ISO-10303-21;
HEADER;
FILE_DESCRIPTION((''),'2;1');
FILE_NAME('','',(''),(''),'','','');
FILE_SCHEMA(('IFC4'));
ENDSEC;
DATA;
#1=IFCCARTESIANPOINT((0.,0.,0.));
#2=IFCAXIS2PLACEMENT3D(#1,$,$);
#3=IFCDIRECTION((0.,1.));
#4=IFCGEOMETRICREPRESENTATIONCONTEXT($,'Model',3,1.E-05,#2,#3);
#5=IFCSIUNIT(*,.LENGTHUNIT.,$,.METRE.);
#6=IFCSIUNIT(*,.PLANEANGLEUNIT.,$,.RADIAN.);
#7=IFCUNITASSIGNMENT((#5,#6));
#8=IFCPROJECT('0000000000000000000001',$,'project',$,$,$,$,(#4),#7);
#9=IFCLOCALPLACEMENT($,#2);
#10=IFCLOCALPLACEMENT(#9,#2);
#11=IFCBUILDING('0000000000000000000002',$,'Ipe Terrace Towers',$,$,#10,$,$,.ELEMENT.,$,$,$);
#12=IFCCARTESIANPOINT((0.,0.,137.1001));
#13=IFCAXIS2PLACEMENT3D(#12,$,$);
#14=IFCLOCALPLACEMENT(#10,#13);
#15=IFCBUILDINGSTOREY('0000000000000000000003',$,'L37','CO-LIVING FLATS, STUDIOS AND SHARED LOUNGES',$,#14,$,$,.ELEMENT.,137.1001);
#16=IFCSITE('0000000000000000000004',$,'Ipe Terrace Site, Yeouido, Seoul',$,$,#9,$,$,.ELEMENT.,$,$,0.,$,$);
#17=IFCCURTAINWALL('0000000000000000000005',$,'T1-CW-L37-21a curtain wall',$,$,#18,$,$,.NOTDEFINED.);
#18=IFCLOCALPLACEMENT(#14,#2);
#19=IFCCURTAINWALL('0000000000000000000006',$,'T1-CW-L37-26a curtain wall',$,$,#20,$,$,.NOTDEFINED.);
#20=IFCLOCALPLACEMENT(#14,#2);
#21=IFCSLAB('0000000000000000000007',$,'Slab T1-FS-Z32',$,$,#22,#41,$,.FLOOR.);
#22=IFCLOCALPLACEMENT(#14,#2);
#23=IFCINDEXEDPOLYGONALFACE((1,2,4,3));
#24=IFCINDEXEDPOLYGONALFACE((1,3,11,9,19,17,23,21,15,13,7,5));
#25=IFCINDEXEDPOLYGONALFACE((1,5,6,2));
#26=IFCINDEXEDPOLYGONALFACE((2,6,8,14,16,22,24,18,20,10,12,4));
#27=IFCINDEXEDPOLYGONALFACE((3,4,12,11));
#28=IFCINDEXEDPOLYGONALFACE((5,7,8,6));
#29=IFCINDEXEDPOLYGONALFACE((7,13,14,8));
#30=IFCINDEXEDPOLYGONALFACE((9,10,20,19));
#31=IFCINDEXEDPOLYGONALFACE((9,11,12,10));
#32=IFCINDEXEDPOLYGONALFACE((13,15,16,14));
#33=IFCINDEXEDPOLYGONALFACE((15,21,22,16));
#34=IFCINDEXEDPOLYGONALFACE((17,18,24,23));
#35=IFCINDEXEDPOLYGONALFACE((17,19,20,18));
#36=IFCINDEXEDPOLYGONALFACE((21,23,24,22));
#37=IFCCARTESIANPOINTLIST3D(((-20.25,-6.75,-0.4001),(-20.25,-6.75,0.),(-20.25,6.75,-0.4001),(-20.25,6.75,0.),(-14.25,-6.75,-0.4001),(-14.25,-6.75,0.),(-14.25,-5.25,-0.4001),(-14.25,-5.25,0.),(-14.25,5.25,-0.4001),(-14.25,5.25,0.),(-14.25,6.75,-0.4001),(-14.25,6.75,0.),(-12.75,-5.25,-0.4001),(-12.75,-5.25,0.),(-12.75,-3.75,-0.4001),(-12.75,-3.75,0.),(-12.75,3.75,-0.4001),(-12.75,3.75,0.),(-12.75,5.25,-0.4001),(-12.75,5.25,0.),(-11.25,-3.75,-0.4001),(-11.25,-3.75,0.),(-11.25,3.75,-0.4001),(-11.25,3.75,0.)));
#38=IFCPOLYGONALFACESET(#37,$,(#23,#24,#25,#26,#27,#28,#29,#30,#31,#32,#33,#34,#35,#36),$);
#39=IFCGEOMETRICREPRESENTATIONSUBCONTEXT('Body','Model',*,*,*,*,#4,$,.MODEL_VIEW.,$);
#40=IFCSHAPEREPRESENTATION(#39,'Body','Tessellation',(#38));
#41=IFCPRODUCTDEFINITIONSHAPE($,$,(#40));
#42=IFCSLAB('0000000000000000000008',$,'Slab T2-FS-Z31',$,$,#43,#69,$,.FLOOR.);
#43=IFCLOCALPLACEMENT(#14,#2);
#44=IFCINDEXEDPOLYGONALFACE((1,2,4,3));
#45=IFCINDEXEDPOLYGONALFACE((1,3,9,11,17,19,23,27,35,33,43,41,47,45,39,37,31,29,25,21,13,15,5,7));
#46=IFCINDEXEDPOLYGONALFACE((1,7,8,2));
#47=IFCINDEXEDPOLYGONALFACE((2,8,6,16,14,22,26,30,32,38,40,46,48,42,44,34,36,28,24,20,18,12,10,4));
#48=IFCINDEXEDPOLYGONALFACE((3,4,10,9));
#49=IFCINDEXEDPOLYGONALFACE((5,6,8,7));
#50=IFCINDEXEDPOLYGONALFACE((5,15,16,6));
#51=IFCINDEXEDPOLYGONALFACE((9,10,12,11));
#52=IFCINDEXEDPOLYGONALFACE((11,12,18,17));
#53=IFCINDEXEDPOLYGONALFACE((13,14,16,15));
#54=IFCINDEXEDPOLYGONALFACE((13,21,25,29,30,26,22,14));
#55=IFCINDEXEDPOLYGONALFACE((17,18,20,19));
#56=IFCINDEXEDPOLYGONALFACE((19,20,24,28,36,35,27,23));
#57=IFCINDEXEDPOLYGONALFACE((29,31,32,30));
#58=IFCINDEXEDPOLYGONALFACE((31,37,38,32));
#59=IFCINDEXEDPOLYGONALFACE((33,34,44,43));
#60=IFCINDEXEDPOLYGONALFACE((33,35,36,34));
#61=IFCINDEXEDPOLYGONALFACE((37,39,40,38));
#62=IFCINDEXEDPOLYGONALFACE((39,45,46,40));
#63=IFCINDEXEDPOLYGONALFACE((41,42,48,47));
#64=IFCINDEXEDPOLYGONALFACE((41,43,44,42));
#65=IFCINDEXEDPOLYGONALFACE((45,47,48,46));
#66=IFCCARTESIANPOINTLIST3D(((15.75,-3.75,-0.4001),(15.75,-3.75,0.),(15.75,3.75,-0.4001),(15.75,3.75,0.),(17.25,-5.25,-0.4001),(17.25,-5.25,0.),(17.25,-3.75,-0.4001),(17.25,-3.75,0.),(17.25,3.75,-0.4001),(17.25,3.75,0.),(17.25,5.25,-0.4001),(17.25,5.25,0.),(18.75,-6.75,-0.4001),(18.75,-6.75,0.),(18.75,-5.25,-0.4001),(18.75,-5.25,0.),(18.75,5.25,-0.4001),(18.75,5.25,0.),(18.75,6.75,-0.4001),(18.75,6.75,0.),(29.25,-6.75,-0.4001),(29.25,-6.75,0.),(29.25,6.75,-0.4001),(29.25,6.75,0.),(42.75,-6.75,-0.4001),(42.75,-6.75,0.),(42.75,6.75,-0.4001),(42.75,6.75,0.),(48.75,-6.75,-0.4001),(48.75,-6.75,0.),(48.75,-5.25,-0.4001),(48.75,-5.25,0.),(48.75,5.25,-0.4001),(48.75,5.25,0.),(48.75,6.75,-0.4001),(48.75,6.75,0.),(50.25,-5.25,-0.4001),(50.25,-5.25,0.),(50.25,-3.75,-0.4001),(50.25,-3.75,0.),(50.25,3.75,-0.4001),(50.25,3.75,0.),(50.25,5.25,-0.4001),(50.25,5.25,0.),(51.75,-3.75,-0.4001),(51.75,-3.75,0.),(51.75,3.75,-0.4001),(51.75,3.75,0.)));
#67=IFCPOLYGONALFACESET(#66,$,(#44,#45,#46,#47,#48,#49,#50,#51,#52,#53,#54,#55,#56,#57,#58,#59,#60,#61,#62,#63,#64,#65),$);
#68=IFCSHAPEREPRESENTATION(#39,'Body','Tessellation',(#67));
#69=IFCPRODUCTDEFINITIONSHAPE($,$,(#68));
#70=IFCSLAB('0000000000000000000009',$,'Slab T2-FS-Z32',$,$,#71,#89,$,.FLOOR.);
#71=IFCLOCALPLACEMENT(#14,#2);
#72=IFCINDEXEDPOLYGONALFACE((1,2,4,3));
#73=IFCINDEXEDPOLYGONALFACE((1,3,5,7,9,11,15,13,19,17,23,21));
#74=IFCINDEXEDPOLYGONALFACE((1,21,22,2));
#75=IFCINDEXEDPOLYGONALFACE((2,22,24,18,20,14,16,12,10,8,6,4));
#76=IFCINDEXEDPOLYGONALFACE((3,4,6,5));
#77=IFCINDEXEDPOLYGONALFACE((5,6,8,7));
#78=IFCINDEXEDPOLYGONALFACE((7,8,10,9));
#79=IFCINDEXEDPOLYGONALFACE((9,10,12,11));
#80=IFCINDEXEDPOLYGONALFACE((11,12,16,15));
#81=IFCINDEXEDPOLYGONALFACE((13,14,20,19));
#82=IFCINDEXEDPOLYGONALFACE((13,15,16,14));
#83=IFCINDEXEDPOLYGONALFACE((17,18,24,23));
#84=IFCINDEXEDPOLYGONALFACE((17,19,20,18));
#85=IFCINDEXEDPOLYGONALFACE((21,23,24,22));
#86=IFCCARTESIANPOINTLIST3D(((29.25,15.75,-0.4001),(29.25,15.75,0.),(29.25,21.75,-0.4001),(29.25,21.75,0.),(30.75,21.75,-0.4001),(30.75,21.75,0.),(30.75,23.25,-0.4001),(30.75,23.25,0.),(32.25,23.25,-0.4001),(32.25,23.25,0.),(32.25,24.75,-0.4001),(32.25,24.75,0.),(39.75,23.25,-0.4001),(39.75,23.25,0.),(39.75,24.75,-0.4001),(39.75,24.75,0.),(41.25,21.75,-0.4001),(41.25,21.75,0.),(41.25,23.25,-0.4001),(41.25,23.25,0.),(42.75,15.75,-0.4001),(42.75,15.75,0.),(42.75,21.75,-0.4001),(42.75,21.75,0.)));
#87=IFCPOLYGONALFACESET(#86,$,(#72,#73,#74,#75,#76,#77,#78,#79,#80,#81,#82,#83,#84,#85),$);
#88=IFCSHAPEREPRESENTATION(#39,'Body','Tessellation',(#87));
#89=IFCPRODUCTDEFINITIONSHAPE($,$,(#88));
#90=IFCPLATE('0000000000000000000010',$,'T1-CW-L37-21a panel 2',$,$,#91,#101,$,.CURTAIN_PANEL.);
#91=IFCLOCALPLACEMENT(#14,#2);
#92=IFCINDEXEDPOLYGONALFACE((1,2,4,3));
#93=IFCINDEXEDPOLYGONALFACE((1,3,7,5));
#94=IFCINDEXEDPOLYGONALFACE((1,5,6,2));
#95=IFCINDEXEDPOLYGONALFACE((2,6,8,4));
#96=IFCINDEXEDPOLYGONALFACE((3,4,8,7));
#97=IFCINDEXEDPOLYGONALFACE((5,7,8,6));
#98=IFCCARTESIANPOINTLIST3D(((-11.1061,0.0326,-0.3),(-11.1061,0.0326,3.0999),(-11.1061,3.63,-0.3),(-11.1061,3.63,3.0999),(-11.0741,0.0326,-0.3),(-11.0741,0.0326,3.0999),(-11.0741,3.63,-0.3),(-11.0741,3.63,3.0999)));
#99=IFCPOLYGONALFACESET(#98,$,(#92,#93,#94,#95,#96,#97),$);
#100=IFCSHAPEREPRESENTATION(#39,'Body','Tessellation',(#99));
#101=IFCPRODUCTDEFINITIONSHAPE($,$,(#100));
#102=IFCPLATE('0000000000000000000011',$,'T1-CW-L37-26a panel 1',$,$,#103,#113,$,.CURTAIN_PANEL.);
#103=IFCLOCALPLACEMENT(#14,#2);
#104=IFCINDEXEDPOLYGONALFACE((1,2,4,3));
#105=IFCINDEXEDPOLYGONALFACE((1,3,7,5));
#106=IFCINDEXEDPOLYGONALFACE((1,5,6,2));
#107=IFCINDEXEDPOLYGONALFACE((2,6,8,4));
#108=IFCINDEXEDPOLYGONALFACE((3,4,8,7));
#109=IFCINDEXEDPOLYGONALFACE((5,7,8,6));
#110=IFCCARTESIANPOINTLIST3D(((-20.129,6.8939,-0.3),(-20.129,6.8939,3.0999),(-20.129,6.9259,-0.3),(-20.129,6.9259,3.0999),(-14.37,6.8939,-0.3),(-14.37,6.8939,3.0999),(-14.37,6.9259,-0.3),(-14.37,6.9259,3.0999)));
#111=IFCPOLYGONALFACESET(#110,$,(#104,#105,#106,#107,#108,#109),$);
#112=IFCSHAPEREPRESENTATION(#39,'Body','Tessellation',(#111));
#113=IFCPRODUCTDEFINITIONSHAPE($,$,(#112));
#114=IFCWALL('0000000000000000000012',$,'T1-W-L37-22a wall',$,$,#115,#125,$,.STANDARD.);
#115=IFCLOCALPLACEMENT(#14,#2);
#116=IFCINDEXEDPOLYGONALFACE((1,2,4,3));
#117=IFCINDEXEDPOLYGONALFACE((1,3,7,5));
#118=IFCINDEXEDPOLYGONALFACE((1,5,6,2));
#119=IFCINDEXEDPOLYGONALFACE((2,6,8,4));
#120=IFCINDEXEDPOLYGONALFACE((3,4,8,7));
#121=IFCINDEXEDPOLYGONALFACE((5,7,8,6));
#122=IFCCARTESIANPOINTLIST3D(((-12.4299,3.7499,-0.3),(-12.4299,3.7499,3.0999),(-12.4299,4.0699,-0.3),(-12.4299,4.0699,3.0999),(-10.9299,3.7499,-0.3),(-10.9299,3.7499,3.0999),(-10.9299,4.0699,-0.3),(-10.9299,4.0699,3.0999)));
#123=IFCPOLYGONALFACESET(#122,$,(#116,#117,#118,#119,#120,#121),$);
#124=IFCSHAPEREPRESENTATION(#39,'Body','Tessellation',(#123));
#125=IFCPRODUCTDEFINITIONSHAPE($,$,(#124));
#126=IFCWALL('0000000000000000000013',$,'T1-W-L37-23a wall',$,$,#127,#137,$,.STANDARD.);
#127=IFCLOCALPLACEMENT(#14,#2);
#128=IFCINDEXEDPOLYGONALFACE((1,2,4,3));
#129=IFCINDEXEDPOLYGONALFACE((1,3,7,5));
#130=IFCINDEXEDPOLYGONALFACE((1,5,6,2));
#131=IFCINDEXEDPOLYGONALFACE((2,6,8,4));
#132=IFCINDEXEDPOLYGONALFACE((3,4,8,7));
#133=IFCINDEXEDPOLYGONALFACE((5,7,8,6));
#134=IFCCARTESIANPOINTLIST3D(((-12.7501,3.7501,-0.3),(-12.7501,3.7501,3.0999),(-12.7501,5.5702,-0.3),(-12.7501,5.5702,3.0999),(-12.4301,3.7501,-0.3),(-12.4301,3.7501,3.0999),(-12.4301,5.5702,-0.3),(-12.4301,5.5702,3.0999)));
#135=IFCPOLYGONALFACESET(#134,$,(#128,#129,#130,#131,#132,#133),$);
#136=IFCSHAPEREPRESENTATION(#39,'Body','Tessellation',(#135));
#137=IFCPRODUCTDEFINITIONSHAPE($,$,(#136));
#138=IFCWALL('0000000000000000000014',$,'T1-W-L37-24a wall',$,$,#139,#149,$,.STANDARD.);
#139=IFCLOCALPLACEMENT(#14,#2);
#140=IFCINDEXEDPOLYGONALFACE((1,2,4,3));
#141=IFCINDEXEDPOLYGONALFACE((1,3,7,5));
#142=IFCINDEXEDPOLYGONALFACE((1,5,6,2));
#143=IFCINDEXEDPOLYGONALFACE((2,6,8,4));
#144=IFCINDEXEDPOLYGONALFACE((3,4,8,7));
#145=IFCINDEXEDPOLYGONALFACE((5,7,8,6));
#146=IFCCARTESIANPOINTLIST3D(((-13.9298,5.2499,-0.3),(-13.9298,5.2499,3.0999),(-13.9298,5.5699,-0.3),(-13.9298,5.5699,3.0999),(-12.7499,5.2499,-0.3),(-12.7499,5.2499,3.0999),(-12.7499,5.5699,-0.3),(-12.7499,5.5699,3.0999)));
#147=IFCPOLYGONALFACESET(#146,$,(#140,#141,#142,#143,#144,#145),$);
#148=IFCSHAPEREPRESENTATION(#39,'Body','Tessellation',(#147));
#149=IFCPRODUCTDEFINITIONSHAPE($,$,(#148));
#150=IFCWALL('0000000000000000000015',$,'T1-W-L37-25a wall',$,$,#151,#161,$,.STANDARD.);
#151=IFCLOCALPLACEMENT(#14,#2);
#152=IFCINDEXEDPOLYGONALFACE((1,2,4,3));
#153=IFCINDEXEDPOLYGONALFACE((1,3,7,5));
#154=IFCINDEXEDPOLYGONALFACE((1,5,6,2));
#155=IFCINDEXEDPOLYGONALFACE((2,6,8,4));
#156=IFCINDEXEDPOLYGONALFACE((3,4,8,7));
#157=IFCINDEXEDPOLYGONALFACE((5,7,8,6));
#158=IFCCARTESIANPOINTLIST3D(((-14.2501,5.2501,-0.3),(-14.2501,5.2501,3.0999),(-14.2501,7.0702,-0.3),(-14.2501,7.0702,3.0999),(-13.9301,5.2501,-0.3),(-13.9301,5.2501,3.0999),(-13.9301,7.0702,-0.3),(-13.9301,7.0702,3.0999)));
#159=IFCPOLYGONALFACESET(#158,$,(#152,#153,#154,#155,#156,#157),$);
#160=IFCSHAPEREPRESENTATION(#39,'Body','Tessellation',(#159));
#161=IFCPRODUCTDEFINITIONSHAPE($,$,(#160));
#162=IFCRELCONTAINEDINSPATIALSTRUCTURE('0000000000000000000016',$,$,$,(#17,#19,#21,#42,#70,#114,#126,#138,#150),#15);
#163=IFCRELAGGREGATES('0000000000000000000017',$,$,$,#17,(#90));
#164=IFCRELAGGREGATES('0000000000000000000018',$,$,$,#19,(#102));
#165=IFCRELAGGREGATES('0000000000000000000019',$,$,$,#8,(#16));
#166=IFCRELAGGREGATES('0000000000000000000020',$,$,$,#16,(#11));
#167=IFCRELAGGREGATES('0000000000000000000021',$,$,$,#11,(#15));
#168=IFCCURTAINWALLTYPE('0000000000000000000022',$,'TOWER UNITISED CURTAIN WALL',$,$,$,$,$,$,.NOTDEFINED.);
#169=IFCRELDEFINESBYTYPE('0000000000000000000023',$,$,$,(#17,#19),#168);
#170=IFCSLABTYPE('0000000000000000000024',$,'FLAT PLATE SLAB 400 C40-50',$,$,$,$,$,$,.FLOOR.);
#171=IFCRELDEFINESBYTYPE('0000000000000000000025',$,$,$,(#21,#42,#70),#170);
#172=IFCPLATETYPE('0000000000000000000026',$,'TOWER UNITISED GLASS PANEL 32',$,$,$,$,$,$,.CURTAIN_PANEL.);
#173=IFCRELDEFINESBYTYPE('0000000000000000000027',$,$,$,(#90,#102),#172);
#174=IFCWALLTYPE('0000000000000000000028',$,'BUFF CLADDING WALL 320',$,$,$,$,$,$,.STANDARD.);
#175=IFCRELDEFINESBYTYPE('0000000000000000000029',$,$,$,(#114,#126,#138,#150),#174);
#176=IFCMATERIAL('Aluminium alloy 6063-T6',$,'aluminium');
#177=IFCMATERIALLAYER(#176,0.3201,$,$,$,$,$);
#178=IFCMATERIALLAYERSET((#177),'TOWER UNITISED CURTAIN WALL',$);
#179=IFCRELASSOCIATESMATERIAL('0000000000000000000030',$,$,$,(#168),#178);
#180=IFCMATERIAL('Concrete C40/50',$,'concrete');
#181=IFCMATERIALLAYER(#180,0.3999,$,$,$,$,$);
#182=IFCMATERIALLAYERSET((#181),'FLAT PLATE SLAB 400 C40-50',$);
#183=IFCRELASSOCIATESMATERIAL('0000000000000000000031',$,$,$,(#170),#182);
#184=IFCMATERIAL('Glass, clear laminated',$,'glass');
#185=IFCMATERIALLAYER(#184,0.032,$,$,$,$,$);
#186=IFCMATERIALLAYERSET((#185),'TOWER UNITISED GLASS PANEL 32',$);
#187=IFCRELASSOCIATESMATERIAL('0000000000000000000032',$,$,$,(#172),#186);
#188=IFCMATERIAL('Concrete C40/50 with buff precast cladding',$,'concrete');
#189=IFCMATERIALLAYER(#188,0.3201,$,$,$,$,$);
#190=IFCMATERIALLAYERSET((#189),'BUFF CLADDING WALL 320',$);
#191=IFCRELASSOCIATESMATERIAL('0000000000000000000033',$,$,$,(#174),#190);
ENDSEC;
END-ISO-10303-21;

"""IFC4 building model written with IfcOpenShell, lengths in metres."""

from ifc_helpers import new_model, si_unit, direction, frame, frame_2d, origin, origin_2d, place, context, subcontext, project, spatial, polyline, rectangle, outline, extrude, material, layer, layer_set, type_object, element, aggregate, save


model = new_model("IFC4")

# Units and contexts
model_context = context("Model", 3, precision=1e-05, world=origin(), true_north=direction((0.0, 1.0)))
body_context = subcontext(model_context, "Body", "Model", "MODEL_VIEW")
ifc_project = project(units=[si_unit("LENGTHUNIT", "METRE"), si_unit("PLANEANGLEUNIT", "RADIAN")], contexts=[model_context])

# Site, building, storey
site_placement = place(None, origin())
site = spatial("IfcSite", under=ifc_project, at=site_placement, Name="Ipe Terrace Site, Yeouido, Seoul", CompositionType="ELEMENT", RefElevation=0.0)
building_placement = place(site_placement, origin())
building = spatial("IfcBuilding", under=site, at=building_placement, Name="Ipe Terrace Towers", CompositionType="ELEMENT")
storey_placement = place(building_placement, frame((0.0, 0.0, 137.1001)))
storey = spatial("IfcBuildingStorey", under=building, at=storey_placement, Name="L37", Description="CO-LIVING FLATS, STUDIOS AND SHARED LOUNGES", CompositionType="ELEMENT", Elevation=137.1001)

# Curtain wall
ifc_material_1 = material(Name="Aluminium alloy 6063-T6", Category="aluminium")
ifc_layer_1 = layer(ifc_material_1, 0.3201)
ifc_layer_set_1 = layer_set([ifc_layer_1], Name="TOWER UNITISED CURTAIN WALL")
curtain_wall_type = type_object("IfcCurtainWallType", Name="TOWER UNITISED CURTAIN WALL", PredefinedType="NOTDEFINED", material=ifc_layer_set_1)
curtain_wall_1_placement = place(storey_placement, origin())
curtain_wall_1 = element("IfcCurtainWall", 1, at=curtain_wall_1_placement, inside=storey, type_object=curtain_wall_type, Name="T1-CW-L37-21a curtain wall", PredefinedType="NOTDEFINED")

# Curtain wall
curtain_wall_2_placement = place(storey_placement, origin())
curtain_wall_2 = element("IfcCurtainWall", 2, at=curtain_wall_2_placement, inside=storey, type_object=curtain_wall_type, Name="T1-CW-L37-26a curtain wall", PredefinedType="NOTDEFINED")

# Slabs
ifc_material_2 = material(Name="Concrete C40/50", Category="concrete")
ifc_layer_2 = layer(ifc_material_2, 0.3999)
ifc_layer_set_2 = layer_set([ifc_layer_2], Name="FLAT PLATE SLAB 400 C40-50")
slab_type = type_object("IfcSlabType", Name="FLAT PLATE SLAB 400 C40-50", PredefinedType="FLOOR", material=ifc_layer_set_2)
slab_1_placement = place(storey_placement, frame((0.0, 0.0, -0.4001)))
element("IfcSlab", 3, at=slab_1_placement, inside=storey, type_object=slab_type, Name="Slab T1-FS-Z32", PredefinedType="FLOOR", context=body_context, shape_type="SweptSolid", body=[
    extrude(outline(polyline([(-14.25, 5.25), (-12.75, 5.25), (-12.75, 3.75), (-11.25, 3.75), (-11.25, -3.75), (-12.75, -3.75), (-12.75, -5.25), (-14.25, -5.25), (-14.25, -6.75), (-20.25, -6.75), (-20.25, 6.75), (-14.25, 6.75), (-14.25, 5.25)])), origin(), (0.0, 0.0, 1.0), 0.4001),
])
slab_2_placement = place(storey_placement, frame((0.0, 0.0, -0.4001)))
element("IfcSlab", 4, at=slab_2_placement, inside=storey, type_object=slab_type, Name="Slab T2-FS-Z31", PredefinedType="FLOOR", context=body_context, shape_type="SweptSolid", body=[
    extrude(outline(polyline([(48.75, 5.25), (50.25, 5.25), (50.25, 3.75), (51.75, 3.75), (51.75, -3.75), (50.25, -3.75), (50.25, -5.25), (48.75, -5.25), (48.75, -6.75), (42.75, -6.75), (29.25, -6.75), (18.75, -6.75), (18.75, -5.25), (17.25, -5.25), (17.25, -3.75), (15.75, -3.75), (15.75, 3.75), (17.25, 3.75), (17.25, 5.25), (18.75, 5.25), (18.75, 6.75), (29.25, 6.75), (42.75, 6.75), (48.75, 6.75), (48.75, 5.25)])), origin(), (0.0, 0.0, 1.0), 0.4001),
])
slab_3_placement = place(storey_placement, frame((0.0, 0.0, -0.4001)))
element("IfcSlab", 5, at=slab_3_placement, inside=storey, type_object=slab_type, Name="Slab T2-FS-Z32", PredefinedType="FLOOR", context=body_context, shape_type="SweptSolid", body=[
    extrude(outline(polyline([(30.75, 21.75), (30.75, 23.25), (32.25, 23.25), (32.25, 24.75), (39.75, 24.75), (39.75, 23.25), (41.25, 23.25), (41.25, 21.75), (42.75, 21.75), (42.75, 15.75), (29.25, 15.75), (29.25, 21.75), (30.75, 21.75)])), origin(), (0.0, 0.0, 1.0), 0.4001),
])

# Plates
ifc_material_3 = material(Name="Glass, clear laminated", Category="glass")
ifc_layer_3 = layer(ifc_material_3, 0.032)
ifc_layer_set_3 = layer_set([ifc_layer_3], Name="TOWER UNITISED GLASS PANEL 32")
plate_type = type_object("IfcPlateType", Name="TOWER UNITISED GLASS PANEL 32", PredefinedType="CURTAIN_PANEL", material=ifc_layer_set_3)
plate_1_placement = place(storey_placement, frame((-11.0901, 1.8313, -0.3), z_axis=(0.0, 0.0, 1.0), x_axis=(0.0, 1.0, 0.0)))
plate_1 = element("IfcPlate", 6, at=plate_1_placement, type_object=plate_type, Name="T1-CW-L37-21a panel 2", PredefinedType="CURTAIN_PANEL", context=body_context, shape_type="SweptSolid", body=[
    extrude(rectangle(XDim=3.5974, YDim=0.032, at=origin_2d()), origin(), (0.0, 0.0, 1.0), 3.3999),
])
aggregate(curtain_wall_1, [plate_1])
plate_2_placement = place(storey_placement, frame((-17.2495, 6.9099, -0.3), z_axis=(0.0, 0.0, 1.0), x_axis=(-1.0, 0.0, 0.0)))
plate_2 = element("IfcPlate", 7, at=plate_2_placement, type_object=plate_type, Name="T1-CW-L37-26a panel 1", PredefinedType="CURTAIN_PANEL", context=body_context, shape_type="SweptSolid", body=[
    extrude(rectangle(XDim=5.759, YDim=0.032, at=origin_2d()), origin(), (0.0, 0.0, 1.0), 3.3999),
])
aggregate(curtain_wall_2, [plate_2])

# Walls
ifc_material_4 = material(Name="Concrete C40/50 with buff precast cladding", Category="concrete")
ifc_layer_4 = layer(ifc_material_4, 0.3201)
ifc_layer_set_4 = layer_set([ifc_layer_4], Name="BUFF CLADDING WALL 320")
wall_type_1 = type_object("IfcWallType", Name="BUFF CLADDING WALL 320", PredefinedType="STANDARD", material=ifc_layer_set_4)
wall_1_placement = place(storey_placement, frame((-10.9299, 3.9099, -0.3), z_axis=(0.0, 0.0, 1.0), x_axis=(-1.0, 0.0, 0.0)))
element("IfcWall", 8, at=wall_1_placement, inside=storey, type_object=wall_type_1, Name="T1-W-L37-22a wall", PredefinedType="STANDARD", context=body_context, shape_type="SweptSolid", body=[
    extrude(rectangle(XDim=1.5, YDim=0.3201, at=frame_2d((0.75, 0.0))), origin(), (0.0, 0.0, 1.0), 3.3999),
])
wall_2_placement = place(storey_placement, frame((-12.5901, 3.75, -0.3), z_axis=(0.0, 0.0, 1.0), x_axis=(0.0, 1.0, 0.0)))
element("IfcWall", 9, at=wall_2_placement, inside=storey, type_object=wall_type_1, Name="T1-W-L37-23a wall", PredefinedType="STANDARD", context=body_context, shape_type="SweptSolid", body=[
    extrude(rectangle(XDim=1.8201, YDim=0.3201, at=frame_2d((0.9102, 0.0))), origin(), (0.0, 0.0, 1.0), 3.3999),
])
wall_3_placement = place(storey_placement, frame((-12.75, 5.4099, -0.3), z_axis=(0.0, 0.0, 1.0), x_axis=(-1.0, 0.0, 0.0)))
element("IfcWall", 10, at=wall_3_placement, inside=storey, type_object=wall_type_1, Name="T1-W-L37-24a wall", PredefinedType="STANDARD", context=body_context, shape_type="SweptSolid", body=[
    extrude(rectangle(XDim=1.1799, YDim=0.3201, at=frame_2d((0.5898, 0.0))), origin(), (0.0, 0.0, 1.0), 3.3999),
])
wall_4_placement = place(storey_placement, frame((-14.0901, 5.25, -0.3), z_axis=(0.0, 0.0, 1.0), x_axis=(0.0, 1.0, 0.0)))
element("IfcWall", 11, at=wall_4_placement, inside=storey, type_object=wall_type_1, Name="T1-W-L37-25a wall", PredefinedType="STANDARD", context=body_context, shape_type="SweptSolid", body=[
    extrude(rectangle(XDim=1.8201, YDim=0.3201, at=frame_2d((0.9102, 0.0))), origin(), (0.0, 0.0, 1.0), 3.3999),
])

save(model, "model.ifc")
